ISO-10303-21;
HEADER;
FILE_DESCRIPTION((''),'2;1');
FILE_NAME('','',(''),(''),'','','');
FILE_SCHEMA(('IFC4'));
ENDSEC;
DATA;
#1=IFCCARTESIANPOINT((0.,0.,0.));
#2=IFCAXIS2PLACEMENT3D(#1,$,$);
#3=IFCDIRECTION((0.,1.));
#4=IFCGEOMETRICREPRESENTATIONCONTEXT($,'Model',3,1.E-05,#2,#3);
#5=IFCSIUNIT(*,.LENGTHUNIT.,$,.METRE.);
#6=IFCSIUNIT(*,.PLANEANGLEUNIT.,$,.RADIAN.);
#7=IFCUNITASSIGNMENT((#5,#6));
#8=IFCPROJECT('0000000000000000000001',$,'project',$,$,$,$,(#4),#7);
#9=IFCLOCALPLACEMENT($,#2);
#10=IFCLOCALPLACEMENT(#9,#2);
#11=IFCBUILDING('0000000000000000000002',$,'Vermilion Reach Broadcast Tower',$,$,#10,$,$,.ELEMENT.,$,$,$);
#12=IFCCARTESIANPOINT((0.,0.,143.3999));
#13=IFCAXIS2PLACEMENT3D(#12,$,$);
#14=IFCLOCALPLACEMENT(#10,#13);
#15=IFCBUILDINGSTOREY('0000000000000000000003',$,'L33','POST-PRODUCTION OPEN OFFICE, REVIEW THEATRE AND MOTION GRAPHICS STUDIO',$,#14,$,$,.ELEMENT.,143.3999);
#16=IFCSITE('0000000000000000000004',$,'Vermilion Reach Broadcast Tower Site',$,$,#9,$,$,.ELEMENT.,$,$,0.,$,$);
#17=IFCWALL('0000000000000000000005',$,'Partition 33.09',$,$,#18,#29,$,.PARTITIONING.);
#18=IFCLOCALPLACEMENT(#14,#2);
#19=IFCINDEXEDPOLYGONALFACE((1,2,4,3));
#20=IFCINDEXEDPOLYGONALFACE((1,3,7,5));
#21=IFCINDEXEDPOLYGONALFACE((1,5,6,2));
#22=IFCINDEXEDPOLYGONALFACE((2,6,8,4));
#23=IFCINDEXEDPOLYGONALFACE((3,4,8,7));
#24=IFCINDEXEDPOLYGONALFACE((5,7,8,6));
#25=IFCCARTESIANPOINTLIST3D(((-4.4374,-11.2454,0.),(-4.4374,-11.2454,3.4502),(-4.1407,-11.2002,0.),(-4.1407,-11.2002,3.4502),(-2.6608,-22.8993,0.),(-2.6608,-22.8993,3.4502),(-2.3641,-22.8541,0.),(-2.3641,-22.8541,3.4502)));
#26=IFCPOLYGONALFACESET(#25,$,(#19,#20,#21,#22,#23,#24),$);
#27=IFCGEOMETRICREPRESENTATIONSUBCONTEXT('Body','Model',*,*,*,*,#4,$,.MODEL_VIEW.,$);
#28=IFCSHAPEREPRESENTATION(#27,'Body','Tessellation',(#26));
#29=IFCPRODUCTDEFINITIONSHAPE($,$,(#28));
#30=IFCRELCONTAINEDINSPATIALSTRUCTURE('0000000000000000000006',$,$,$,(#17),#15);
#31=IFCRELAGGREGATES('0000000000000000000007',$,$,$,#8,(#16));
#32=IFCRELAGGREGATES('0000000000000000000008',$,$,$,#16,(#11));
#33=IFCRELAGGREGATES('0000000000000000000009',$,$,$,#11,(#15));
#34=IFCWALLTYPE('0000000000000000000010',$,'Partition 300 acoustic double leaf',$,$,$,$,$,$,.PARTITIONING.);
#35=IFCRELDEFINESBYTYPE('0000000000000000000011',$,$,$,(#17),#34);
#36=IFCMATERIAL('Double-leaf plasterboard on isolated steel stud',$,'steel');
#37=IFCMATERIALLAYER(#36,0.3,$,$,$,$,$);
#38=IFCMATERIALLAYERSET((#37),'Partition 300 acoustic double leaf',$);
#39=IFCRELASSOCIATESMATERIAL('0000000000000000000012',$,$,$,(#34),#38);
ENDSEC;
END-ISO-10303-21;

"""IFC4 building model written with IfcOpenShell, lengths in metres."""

from ifc_helpers import new_model, si_unit, direction, frame, frame_2d, origin, place, context, subcontext, project, spatial, rectangle, extrude, material, layer, layer_set, type_object, element, save


model = new_model("IFC4")

# Units and contexts
model_context = context("Model", 3, precision=1e-05, world=origin(), true_north=direction((0.0, 1.0)))
body_context = subcontext(model_context, "Body", "Model", "MODEL_VIEW")
ifc_project = project(units=[si_unit("LENGTHUNIT", "METRE"), si_unit("PLANEANGLEUNIT", "RADIAN")], contexts=[model_context])

# Site, building, storey
site_placement = place(None, origin())
site = spatial("IfcSite", under=ifc_project, at=site_placement, Name="Vermilion Reach Broadcast Tower Site", CompositionType="ELEMENT", RefElevation=0.0)
building_placement = place(site_placement, origin())
building = spatial("IfcBuilding", under=site, at=building_placement, Name="Vermilion Reach Broadcast Tower", CompositionType="ELEMENT")
storey_placement = place(building_placement, frame((0.0, 0.0, 143.3999)))
storey = spatial("IfcBuildingStorey", under=building, at=storey_placement, Name="L33", Description="POST-PRODUCTION OPEN OFFICE, REVIEW THEATRE AND MOTION GRAPHICS STUDIO", CompositionType="ELEMENT", Elevation=143.3999)

# Wall
ifc_material_1 = material(Name="Double-leaf plasterboard on isolated steel stud", Category="steel")
ifc_layer_1 = layer(ifc_material_1, 0.3)
ifc_layer_set_1 = layer_set([ifc_layer_1], Name="Partition 300 acoustic double leaf")
wall_type = type_object("IfcWallType", Name="Partition 300 acoustic double leaf", PredefinedType="PARTITIONING", material=ifc_layer_set_1)
wall_placement = place(storey_placement, frame((-2.5125, -22.8767, 0.0), z_axis=(0.0, 0.0, 1.0), x_axis=(-0.150705, 0.988579, 0.0)))
element("IfcWall", 1, at=wall_placement, inside=storey, type_object=wall_type, Name="Partition 33.09", PredefinedType="PARTITIONING", context=body_context, shape_type="SweptSolid", body=[
    extrude(rectangle(XDim=11.7886, YDim=0.3, at=frame_2d((5.8943, 0.0))), origin(), (0.0, 0.0, 1.0), 3.4502),
])

save(model, "model.ifc")
